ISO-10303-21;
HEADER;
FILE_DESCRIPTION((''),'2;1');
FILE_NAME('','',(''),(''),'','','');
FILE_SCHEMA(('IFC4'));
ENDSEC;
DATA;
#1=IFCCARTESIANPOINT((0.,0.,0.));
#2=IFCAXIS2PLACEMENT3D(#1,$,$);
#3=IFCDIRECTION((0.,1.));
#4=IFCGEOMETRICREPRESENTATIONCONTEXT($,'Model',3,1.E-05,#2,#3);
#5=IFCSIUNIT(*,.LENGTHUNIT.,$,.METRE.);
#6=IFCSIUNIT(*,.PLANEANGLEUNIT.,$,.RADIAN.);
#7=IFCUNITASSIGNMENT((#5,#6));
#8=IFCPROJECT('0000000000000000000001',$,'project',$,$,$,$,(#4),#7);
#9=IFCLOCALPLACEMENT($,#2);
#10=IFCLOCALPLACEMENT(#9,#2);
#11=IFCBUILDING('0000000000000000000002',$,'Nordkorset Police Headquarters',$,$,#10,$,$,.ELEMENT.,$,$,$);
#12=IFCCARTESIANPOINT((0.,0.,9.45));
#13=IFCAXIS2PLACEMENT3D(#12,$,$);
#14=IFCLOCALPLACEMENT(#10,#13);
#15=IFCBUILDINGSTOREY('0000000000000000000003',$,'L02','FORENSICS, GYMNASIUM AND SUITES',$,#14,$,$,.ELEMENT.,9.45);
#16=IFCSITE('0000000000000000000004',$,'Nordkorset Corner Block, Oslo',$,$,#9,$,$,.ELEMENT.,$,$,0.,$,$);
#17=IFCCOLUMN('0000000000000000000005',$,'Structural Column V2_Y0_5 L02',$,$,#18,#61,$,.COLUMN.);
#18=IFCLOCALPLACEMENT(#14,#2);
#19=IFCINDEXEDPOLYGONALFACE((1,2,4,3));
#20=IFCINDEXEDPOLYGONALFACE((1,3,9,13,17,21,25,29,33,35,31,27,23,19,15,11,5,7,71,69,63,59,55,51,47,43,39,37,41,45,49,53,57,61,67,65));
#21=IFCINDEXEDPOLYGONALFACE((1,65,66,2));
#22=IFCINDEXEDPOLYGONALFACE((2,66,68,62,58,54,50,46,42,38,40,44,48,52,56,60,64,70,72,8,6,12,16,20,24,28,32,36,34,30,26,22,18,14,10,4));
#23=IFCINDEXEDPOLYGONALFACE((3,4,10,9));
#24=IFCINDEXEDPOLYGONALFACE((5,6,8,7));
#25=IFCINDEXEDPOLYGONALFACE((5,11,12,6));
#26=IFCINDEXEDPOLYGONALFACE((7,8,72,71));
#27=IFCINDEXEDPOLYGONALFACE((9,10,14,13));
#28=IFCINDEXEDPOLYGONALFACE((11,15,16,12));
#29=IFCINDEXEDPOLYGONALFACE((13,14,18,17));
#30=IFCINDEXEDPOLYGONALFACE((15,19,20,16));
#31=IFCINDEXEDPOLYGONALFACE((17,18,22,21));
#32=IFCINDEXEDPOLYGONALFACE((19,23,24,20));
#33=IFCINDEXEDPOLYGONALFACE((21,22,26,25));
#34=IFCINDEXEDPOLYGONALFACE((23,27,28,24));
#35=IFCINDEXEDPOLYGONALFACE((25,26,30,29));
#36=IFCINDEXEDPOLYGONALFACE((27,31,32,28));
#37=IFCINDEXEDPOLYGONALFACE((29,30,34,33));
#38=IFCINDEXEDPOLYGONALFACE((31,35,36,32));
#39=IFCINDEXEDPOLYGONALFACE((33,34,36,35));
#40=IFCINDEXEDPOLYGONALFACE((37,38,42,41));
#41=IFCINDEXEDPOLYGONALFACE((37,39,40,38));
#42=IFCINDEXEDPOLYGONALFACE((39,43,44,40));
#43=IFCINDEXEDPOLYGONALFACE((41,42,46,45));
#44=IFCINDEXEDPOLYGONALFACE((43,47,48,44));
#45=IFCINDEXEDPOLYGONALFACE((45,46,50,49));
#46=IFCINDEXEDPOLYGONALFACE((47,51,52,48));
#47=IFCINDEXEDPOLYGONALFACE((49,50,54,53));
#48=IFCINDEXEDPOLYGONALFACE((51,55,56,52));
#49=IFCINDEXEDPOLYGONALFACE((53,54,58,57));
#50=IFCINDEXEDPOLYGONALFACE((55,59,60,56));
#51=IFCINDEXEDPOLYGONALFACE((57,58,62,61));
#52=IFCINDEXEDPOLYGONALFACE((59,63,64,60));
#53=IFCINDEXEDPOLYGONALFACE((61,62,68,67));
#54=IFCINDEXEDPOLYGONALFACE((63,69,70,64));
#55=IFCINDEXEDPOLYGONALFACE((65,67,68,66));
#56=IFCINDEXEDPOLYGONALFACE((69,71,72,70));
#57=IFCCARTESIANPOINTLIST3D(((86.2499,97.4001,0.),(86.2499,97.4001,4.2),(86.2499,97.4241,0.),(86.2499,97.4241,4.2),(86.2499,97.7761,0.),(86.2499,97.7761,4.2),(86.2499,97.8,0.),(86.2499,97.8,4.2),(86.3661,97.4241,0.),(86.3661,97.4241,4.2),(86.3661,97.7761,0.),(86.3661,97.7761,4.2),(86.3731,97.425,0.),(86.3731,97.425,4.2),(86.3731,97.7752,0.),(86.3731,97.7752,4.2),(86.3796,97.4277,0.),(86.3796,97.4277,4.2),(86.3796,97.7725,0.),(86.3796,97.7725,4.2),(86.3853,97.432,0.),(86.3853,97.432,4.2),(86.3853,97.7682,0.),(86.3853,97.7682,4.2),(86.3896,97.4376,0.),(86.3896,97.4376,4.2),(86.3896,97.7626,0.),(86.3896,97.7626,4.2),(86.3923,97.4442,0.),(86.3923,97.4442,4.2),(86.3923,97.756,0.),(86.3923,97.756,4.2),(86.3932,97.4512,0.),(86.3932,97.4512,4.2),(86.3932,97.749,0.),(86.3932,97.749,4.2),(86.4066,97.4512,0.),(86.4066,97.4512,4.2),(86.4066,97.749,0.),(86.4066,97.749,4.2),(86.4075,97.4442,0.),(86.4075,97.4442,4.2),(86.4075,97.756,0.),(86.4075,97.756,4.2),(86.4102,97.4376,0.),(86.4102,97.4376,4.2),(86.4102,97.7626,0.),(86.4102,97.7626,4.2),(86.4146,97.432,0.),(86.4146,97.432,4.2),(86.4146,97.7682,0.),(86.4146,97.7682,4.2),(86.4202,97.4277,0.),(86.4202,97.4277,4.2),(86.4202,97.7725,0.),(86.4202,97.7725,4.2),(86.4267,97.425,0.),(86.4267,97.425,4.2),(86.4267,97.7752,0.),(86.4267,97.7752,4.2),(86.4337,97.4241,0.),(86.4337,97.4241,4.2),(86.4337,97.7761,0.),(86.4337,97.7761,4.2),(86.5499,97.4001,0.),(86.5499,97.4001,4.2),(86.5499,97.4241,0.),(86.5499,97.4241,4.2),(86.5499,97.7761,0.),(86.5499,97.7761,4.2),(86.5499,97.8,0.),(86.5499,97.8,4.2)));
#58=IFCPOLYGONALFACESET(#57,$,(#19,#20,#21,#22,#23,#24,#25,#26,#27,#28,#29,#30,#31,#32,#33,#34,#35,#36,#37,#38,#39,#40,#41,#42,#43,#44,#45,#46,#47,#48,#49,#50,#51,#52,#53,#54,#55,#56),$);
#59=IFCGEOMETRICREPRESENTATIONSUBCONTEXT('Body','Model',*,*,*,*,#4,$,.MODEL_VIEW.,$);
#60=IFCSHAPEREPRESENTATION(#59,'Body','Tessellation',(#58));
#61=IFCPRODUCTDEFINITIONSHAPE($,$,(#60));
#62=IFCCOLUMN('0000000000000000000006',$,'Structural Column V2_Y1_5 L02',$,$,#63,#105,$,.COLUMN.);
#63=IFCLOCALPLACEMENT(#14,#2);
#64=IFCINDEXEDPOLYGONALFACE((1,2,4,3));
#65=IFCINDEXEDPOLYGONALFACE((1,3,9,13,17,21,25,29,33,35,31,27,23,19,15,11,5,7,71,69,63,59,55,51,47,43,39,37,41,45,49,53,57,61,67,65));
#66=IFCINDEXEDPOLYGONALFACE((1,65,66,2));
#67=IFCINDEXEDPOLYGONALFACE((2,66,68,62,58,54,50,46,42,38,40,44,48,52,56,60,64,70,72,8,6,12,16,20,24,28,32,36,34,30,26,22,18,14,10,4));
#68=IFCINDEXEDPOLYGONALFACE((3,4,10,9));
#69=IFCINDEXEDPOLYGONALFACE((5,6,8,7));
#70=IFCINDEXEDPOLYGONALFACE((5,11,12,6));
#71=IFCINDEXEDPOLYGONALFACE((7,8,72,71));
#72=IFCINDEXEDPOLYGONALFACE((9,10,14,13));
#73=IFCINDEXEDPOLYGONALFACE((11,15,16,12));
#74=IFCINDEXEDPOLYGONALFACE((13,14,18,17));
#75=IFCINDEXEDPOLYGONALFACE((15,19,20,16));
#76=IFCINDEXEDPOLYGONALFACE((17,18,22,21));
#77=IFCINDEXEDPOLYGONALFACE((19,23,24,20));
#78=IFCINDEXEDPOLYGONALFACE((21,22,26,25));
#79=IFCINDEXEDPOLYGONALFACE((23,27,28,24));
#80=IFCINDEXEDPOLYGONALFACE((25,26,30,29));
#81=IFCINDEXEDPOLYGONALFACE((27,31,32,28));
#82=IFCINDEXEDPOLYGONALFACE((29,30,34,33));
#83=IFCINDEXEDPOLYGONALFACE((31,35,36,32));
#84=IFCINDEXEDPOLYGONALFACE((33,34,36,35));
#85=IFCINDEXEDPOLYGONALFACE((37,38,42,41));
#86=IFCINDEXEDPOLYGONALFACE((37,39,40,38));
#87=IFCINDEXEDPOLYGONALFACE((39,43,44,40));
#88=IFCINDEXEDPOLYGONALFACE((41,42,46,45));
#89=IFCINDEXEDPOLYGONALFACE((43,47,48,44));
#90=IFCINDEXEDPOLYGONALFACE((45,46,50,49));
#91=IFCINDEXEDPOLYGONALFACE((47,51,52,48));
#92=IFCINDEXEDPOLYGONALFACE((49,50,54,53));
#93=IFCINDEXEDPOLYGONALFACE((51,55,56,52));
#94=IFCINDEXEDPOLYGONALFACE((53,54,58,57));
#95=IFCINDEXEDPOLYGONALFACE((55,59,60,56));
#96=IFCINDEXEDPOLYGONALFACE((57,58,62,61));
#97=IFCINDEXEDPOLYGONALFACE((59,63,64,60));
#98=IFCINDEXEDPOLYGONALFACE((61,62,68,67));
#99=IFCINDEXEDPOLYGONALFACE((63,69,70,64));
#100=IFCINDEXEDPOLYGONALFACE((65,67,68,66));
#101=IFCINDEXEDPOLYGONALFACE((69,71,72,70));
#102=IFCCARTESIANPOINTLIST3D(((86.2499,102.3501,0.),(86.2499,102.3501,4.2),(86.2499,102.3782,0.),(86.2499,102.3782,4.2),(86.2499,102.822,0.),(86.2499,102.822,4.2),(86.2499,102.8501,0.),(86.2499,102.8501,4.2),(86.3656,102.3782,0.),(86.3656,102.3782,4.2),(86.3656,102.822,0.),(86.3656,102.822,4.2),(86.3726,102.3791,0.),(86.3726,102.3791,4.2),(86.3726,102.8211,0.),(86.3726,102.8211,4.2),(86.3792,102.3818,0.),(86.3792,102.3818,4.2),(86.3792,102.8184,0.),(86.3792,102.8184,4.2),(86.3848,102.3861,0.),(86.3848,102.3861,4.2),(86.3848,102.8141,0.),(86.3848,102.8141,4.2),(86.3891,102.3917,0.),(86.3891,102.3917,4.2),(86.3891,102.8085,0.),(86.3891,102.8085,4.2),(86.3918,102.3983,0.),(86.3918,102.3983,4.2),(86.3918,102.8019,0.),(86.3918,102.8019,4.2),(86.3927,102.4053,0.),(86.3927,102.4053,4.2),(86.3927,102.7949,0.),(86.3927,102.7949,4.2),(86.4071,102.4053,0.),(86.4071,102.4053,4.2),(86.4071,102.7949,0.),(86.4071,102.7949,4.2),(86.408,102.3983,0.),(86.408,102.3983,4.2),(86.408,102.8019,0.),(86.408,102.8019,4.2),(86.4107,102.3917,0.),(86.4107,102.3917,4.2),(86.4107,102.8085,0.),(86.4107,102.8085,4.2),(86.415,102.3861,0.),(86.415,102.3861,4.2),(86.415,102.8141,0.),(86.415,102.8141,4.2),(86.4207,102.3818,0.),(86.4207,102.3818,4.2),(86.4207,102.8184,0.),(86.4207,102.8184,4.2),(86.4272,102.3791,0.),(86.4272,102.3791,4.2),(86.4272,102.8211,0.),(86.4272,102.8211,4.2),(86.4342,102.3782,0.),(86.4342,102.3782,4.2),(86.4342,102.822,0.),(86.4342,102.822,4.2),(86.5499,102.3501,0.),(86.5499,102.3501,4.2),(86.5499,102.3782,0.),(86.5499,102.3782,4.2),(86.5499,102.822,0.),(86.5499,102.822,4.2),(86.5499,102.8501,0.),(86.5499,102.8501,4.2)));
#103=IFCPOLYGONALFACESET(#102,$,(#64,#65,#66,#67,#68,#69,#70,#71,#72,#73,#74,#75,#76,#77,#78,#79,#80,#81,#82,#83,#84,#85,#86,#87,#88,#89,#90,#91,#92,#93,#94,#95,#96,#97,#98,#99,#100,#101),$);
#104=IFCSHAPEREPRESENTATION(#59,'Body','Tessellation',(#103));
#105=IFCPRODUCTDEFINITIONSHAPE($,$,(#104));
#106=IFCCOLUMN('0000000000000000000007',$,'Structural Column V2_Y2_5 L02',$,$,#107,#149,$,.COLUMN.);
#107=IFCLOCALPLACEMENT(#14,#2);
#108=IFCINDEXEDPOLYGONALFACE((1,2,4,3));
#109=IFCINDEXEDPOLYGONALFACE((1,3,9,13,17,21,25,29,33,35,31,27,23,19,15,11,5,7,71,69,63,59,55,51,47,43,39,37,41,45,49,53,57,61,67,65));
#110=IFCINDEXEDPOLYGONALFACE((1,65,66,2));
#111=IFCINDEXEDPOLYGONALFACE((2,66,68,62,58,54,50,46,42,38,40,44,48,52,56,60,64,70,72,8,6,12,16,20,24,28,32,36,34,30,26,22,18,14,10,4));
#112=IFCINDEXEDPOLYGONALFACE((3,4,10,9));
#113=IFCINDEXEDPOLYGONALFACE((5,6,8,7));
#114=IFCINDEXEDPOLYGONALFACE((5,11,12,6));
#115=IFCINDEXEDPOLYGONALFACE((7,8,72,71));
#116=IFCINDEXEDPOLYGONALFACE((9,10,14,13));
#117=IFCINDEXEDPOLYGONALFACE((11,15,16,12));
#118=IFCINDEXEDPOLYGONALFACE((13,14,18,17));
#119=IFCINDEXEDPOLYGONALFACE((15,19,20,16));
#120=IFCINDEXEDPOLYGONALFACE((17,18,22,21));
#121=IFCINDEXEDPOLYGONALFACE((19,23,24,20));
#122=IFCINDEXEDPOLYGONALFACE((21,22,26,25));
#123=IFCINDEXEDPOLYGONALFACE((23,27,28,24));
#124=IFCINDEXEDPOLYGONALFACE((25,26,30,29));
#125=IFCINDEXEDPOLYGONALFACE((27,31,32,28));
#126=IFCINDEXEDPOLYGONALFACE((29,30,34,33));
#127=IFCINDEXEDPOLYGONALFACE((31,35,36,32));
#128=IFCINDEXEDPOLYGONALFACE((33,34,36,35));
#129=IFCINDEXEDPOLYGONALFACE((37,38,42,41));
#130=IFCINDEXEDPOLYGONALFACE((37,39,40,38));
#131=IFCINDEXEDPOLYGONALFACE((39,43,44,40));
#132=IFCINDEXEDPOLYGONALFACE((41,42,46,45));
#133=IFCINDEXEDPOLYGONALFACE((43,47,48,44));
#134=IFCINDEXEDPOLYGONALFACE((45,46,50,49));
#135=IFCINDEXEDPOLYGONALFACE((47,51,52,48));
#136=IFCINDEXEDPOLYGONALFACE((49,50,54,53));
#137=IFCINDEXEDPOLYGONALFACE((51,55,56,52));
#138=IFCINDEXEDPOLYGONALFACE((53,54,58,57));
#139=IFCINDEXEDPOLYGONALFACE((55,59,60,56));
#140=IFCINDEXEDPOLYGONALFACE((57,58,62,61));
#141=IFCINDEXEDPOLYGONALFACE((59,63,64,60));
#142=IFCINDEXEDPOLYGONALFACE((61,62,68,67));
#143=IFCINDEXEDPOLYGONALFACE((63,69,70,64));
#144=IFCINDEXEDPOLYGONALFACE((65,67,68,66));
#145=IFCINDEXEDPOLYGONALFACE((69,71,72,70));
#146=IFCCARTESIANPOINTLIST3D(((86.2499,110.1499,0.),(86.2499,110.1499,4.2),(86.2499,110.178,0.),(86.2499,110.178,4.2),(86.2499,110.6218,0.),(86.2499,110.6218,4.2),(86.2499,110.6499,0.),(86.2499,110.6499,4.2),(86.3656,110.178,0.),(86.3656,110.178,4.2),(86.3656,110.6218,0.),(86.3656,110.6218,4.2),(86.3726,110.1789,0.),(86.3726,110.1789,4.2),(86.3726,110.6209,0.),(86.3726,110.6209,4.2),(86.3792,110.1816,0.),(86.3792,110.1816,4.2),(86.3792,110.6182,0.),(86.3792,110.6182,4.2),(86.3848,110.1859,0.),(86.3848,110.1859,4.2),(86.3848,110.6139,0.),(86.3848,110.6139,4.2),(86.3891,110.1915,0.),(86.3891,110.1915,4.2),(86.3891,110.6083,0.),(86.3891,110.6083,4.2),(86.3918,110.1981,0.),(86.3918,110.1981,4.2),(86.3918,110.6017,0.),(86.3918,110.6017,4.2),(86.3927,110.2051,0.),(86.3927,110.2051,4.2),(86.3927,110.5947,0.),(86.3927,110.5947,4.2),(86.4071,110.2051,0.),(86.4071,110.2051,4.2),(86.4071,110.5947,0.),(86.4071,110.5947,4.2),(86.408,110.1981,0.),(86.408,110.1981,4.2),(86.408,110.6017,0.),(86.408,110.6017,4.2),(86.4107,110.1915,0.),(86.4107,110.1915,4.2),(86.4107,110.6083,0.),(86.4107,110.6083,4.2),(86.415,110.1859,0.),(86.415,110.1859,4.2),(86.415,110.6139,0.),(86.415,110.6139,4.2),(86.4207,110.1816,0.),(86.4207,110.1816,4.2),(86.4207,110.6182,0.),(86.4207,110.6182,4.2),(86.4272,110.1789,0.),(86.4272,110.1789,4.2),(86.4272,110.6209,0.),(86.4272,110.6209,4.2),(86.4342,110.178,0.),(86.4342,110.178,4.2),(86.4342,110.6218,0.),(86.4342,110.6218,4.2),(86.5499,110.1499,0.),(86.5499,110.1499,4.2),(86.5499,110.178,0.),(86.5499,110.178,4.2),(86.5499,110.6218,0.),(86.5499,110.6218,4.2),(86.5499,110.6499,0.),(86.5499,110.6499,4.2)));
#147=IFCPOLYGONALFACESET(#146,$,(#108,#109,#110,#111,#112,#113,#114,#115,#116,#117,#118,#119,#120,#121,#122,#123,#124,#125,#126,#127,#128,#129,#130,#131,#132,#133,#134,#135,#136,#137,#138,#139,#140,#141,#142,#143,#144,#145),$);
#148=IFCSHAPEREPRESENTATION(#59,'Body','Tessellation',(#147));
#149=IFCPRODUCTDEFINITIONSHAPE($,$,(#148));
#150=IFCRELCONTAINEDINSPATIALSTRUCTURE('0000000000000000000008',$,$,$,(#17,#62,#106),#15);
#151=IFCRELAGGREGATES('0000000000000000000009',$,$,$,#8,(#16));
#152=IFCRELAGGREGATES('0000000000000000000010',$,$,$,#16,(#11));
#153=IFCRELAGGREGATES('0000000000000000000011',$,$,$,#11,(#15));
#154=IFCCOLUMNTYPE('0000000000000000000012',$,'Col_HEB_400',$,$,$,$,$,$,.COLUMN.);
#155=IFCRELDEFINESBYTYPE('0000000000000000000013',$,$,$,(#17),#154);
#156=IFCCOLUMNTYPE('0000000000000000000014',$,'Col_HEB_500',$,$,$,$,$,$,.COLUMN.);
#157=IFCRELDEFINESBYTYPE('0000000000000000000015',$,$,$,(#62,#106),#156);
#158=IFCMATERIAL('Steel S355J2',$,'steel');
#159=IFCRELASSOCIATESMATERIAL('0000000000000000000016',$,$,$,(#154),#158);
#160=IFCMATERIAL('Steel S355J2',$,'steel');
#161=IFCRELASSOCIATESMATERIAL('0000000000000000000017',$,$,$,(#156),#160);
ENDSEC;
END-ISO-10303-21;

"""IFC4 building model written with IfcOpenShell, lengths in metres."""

from ifc_helpers import new_model, si_unit, direction, frame, origin, origin_2d, place, context, subcontext, project, spatial, i_section, extrude, material, material_profile, profile_set, type_object, element, save


model = new_model("IFC4")

# Units and contexts
model_context = context("Model", 3, precision=1e-05, world=origin(), true_north=direction((0.0, 1.0)))
body_context = subcontext(model_context, "Body", "Model", "MODEL_VIEW")
ifc_project = project(units=[si_unit("LENGTHUNIT", "METRE"), si_unit("PLANEANGLEUNIT", "RADIAN")], contexts=[model_context])

# Site, building, storey
site_placement = place(None, origin())
site = spatial("IfcSite", under=ifc_project, at=site_placement, Name="Nordkorset Corner Block, Oslo", CompositionType="ELEMENT", RefElevation=0.0)
building_placement = place(site_placement, origin())
building = spatial("IfcBuilding", under=site, at=building_placement, Name="Nordkorset Police Headquarters", CompositionType="ELEMENT")
storey_placement = place(building_placement, frame((0.0, 0.0, 9.45)))
storey = spatial("IfcBuildingStorey", under=building, at=storey_placement, Name="L02", Description="FORENSICS, GYMNASIUM AND SUITES", CompositionType="ELEMENT", Elevation=9.45)

# Columns
ifc_material_1 = material(Name="Steel S355J2", Category="steel")
ifc_material_profile_1 = material_profile(ifc_material_1, i_section(OverallWidth=0.3, OverallDepth=0.3999, WebThickness=0.0134, FlangeThickness=0.0239, FilletRadius=0.0271, at=origin_2d()), Name="HEB 400")
ifc_profile_set_1 = profile_set([ifc_material_profile_1], Name="Steel S355J2")
column_type_1 = type_object("IfcColumnType", Name="Col_HEB_400", PredefinedType="COLUMN", material=ifc_profile_set_1)
column_placement = place(storey_placement, frame((86.3999, 97.6001, 0.0), z_axis=(0.0, 0.0, 1.0), x_axis=(1.0, 0.0, 0.0)))
element("IfcColumn", 1, at=column_placement, inside=storey, type_object=column_type_1, Name="Structural Column V2_Y0_5 L02", PredefinedType="COLUMN", context=body_context, shape_type="SweptSolid", body=[
    extrude(i_section(OverallWidth=0.3, OverallDepth=0.3999, WebThickness=0.0134, FlangeThickness=0.0239, FilletRadius=0.0271, at=origin_2d()), origin(), (0.0, 0.0, 1.0), 4.2),
])
ifc_material_2 = material(Name="Steel S355J2", Category="steel")
ifc_material_profile_2 = material_profile(ifc_material_2, i_section(OverallWidth=0.3, OverallDepth=0.5, WebThickness=0.0144, FlangeThickness=0.0281, FilletRadius=0.0271, at=origin_2d()), Name="HEB 500")
ifc_profile_set_2 = profile_set([ifc_material_profile_2], Name="Steel S355J2")
column_type_2 = type_object("IfcColumnType", Name="Col_HEB_500", PredefinedType="COLUMN", material=ifc_profile_set_2)
for number, where, z_axis, x_axis, name in (
    (2, (86.3999, 102.6001, 0.0), (0.0, 0.0, 1.0), (1.0, 0.0, 0.0), "Structural Column V2_Y1_5 L02"),
    (3, (86.3999, 110.3999, 0.0), (0.0, 0.0, 1.0), (1.0, 0.0, 0.0), "Structural Column V2_Y2_5 L02"),
):
    element("IfcColumn", number, at=place(storey_placement, frame(where, z_axis=z_axis, x_axis=x_axis)), inside=storey, type_object=column_type_2, Name=name, PredefinedType="COLUMN", context=body_context, shape_type="SweptSolid", body=[
        extrude(i_section(OverallWidth=0.3, OverallDepth=0.5, WebThickness=0.0144, FlangeThickness=0.0281, FilletRadius=0.0271, at=origin_2d()), origin(), (0.0, 0.0, 1.0), 4.2),
    ])

save(model, "model.ifc")
